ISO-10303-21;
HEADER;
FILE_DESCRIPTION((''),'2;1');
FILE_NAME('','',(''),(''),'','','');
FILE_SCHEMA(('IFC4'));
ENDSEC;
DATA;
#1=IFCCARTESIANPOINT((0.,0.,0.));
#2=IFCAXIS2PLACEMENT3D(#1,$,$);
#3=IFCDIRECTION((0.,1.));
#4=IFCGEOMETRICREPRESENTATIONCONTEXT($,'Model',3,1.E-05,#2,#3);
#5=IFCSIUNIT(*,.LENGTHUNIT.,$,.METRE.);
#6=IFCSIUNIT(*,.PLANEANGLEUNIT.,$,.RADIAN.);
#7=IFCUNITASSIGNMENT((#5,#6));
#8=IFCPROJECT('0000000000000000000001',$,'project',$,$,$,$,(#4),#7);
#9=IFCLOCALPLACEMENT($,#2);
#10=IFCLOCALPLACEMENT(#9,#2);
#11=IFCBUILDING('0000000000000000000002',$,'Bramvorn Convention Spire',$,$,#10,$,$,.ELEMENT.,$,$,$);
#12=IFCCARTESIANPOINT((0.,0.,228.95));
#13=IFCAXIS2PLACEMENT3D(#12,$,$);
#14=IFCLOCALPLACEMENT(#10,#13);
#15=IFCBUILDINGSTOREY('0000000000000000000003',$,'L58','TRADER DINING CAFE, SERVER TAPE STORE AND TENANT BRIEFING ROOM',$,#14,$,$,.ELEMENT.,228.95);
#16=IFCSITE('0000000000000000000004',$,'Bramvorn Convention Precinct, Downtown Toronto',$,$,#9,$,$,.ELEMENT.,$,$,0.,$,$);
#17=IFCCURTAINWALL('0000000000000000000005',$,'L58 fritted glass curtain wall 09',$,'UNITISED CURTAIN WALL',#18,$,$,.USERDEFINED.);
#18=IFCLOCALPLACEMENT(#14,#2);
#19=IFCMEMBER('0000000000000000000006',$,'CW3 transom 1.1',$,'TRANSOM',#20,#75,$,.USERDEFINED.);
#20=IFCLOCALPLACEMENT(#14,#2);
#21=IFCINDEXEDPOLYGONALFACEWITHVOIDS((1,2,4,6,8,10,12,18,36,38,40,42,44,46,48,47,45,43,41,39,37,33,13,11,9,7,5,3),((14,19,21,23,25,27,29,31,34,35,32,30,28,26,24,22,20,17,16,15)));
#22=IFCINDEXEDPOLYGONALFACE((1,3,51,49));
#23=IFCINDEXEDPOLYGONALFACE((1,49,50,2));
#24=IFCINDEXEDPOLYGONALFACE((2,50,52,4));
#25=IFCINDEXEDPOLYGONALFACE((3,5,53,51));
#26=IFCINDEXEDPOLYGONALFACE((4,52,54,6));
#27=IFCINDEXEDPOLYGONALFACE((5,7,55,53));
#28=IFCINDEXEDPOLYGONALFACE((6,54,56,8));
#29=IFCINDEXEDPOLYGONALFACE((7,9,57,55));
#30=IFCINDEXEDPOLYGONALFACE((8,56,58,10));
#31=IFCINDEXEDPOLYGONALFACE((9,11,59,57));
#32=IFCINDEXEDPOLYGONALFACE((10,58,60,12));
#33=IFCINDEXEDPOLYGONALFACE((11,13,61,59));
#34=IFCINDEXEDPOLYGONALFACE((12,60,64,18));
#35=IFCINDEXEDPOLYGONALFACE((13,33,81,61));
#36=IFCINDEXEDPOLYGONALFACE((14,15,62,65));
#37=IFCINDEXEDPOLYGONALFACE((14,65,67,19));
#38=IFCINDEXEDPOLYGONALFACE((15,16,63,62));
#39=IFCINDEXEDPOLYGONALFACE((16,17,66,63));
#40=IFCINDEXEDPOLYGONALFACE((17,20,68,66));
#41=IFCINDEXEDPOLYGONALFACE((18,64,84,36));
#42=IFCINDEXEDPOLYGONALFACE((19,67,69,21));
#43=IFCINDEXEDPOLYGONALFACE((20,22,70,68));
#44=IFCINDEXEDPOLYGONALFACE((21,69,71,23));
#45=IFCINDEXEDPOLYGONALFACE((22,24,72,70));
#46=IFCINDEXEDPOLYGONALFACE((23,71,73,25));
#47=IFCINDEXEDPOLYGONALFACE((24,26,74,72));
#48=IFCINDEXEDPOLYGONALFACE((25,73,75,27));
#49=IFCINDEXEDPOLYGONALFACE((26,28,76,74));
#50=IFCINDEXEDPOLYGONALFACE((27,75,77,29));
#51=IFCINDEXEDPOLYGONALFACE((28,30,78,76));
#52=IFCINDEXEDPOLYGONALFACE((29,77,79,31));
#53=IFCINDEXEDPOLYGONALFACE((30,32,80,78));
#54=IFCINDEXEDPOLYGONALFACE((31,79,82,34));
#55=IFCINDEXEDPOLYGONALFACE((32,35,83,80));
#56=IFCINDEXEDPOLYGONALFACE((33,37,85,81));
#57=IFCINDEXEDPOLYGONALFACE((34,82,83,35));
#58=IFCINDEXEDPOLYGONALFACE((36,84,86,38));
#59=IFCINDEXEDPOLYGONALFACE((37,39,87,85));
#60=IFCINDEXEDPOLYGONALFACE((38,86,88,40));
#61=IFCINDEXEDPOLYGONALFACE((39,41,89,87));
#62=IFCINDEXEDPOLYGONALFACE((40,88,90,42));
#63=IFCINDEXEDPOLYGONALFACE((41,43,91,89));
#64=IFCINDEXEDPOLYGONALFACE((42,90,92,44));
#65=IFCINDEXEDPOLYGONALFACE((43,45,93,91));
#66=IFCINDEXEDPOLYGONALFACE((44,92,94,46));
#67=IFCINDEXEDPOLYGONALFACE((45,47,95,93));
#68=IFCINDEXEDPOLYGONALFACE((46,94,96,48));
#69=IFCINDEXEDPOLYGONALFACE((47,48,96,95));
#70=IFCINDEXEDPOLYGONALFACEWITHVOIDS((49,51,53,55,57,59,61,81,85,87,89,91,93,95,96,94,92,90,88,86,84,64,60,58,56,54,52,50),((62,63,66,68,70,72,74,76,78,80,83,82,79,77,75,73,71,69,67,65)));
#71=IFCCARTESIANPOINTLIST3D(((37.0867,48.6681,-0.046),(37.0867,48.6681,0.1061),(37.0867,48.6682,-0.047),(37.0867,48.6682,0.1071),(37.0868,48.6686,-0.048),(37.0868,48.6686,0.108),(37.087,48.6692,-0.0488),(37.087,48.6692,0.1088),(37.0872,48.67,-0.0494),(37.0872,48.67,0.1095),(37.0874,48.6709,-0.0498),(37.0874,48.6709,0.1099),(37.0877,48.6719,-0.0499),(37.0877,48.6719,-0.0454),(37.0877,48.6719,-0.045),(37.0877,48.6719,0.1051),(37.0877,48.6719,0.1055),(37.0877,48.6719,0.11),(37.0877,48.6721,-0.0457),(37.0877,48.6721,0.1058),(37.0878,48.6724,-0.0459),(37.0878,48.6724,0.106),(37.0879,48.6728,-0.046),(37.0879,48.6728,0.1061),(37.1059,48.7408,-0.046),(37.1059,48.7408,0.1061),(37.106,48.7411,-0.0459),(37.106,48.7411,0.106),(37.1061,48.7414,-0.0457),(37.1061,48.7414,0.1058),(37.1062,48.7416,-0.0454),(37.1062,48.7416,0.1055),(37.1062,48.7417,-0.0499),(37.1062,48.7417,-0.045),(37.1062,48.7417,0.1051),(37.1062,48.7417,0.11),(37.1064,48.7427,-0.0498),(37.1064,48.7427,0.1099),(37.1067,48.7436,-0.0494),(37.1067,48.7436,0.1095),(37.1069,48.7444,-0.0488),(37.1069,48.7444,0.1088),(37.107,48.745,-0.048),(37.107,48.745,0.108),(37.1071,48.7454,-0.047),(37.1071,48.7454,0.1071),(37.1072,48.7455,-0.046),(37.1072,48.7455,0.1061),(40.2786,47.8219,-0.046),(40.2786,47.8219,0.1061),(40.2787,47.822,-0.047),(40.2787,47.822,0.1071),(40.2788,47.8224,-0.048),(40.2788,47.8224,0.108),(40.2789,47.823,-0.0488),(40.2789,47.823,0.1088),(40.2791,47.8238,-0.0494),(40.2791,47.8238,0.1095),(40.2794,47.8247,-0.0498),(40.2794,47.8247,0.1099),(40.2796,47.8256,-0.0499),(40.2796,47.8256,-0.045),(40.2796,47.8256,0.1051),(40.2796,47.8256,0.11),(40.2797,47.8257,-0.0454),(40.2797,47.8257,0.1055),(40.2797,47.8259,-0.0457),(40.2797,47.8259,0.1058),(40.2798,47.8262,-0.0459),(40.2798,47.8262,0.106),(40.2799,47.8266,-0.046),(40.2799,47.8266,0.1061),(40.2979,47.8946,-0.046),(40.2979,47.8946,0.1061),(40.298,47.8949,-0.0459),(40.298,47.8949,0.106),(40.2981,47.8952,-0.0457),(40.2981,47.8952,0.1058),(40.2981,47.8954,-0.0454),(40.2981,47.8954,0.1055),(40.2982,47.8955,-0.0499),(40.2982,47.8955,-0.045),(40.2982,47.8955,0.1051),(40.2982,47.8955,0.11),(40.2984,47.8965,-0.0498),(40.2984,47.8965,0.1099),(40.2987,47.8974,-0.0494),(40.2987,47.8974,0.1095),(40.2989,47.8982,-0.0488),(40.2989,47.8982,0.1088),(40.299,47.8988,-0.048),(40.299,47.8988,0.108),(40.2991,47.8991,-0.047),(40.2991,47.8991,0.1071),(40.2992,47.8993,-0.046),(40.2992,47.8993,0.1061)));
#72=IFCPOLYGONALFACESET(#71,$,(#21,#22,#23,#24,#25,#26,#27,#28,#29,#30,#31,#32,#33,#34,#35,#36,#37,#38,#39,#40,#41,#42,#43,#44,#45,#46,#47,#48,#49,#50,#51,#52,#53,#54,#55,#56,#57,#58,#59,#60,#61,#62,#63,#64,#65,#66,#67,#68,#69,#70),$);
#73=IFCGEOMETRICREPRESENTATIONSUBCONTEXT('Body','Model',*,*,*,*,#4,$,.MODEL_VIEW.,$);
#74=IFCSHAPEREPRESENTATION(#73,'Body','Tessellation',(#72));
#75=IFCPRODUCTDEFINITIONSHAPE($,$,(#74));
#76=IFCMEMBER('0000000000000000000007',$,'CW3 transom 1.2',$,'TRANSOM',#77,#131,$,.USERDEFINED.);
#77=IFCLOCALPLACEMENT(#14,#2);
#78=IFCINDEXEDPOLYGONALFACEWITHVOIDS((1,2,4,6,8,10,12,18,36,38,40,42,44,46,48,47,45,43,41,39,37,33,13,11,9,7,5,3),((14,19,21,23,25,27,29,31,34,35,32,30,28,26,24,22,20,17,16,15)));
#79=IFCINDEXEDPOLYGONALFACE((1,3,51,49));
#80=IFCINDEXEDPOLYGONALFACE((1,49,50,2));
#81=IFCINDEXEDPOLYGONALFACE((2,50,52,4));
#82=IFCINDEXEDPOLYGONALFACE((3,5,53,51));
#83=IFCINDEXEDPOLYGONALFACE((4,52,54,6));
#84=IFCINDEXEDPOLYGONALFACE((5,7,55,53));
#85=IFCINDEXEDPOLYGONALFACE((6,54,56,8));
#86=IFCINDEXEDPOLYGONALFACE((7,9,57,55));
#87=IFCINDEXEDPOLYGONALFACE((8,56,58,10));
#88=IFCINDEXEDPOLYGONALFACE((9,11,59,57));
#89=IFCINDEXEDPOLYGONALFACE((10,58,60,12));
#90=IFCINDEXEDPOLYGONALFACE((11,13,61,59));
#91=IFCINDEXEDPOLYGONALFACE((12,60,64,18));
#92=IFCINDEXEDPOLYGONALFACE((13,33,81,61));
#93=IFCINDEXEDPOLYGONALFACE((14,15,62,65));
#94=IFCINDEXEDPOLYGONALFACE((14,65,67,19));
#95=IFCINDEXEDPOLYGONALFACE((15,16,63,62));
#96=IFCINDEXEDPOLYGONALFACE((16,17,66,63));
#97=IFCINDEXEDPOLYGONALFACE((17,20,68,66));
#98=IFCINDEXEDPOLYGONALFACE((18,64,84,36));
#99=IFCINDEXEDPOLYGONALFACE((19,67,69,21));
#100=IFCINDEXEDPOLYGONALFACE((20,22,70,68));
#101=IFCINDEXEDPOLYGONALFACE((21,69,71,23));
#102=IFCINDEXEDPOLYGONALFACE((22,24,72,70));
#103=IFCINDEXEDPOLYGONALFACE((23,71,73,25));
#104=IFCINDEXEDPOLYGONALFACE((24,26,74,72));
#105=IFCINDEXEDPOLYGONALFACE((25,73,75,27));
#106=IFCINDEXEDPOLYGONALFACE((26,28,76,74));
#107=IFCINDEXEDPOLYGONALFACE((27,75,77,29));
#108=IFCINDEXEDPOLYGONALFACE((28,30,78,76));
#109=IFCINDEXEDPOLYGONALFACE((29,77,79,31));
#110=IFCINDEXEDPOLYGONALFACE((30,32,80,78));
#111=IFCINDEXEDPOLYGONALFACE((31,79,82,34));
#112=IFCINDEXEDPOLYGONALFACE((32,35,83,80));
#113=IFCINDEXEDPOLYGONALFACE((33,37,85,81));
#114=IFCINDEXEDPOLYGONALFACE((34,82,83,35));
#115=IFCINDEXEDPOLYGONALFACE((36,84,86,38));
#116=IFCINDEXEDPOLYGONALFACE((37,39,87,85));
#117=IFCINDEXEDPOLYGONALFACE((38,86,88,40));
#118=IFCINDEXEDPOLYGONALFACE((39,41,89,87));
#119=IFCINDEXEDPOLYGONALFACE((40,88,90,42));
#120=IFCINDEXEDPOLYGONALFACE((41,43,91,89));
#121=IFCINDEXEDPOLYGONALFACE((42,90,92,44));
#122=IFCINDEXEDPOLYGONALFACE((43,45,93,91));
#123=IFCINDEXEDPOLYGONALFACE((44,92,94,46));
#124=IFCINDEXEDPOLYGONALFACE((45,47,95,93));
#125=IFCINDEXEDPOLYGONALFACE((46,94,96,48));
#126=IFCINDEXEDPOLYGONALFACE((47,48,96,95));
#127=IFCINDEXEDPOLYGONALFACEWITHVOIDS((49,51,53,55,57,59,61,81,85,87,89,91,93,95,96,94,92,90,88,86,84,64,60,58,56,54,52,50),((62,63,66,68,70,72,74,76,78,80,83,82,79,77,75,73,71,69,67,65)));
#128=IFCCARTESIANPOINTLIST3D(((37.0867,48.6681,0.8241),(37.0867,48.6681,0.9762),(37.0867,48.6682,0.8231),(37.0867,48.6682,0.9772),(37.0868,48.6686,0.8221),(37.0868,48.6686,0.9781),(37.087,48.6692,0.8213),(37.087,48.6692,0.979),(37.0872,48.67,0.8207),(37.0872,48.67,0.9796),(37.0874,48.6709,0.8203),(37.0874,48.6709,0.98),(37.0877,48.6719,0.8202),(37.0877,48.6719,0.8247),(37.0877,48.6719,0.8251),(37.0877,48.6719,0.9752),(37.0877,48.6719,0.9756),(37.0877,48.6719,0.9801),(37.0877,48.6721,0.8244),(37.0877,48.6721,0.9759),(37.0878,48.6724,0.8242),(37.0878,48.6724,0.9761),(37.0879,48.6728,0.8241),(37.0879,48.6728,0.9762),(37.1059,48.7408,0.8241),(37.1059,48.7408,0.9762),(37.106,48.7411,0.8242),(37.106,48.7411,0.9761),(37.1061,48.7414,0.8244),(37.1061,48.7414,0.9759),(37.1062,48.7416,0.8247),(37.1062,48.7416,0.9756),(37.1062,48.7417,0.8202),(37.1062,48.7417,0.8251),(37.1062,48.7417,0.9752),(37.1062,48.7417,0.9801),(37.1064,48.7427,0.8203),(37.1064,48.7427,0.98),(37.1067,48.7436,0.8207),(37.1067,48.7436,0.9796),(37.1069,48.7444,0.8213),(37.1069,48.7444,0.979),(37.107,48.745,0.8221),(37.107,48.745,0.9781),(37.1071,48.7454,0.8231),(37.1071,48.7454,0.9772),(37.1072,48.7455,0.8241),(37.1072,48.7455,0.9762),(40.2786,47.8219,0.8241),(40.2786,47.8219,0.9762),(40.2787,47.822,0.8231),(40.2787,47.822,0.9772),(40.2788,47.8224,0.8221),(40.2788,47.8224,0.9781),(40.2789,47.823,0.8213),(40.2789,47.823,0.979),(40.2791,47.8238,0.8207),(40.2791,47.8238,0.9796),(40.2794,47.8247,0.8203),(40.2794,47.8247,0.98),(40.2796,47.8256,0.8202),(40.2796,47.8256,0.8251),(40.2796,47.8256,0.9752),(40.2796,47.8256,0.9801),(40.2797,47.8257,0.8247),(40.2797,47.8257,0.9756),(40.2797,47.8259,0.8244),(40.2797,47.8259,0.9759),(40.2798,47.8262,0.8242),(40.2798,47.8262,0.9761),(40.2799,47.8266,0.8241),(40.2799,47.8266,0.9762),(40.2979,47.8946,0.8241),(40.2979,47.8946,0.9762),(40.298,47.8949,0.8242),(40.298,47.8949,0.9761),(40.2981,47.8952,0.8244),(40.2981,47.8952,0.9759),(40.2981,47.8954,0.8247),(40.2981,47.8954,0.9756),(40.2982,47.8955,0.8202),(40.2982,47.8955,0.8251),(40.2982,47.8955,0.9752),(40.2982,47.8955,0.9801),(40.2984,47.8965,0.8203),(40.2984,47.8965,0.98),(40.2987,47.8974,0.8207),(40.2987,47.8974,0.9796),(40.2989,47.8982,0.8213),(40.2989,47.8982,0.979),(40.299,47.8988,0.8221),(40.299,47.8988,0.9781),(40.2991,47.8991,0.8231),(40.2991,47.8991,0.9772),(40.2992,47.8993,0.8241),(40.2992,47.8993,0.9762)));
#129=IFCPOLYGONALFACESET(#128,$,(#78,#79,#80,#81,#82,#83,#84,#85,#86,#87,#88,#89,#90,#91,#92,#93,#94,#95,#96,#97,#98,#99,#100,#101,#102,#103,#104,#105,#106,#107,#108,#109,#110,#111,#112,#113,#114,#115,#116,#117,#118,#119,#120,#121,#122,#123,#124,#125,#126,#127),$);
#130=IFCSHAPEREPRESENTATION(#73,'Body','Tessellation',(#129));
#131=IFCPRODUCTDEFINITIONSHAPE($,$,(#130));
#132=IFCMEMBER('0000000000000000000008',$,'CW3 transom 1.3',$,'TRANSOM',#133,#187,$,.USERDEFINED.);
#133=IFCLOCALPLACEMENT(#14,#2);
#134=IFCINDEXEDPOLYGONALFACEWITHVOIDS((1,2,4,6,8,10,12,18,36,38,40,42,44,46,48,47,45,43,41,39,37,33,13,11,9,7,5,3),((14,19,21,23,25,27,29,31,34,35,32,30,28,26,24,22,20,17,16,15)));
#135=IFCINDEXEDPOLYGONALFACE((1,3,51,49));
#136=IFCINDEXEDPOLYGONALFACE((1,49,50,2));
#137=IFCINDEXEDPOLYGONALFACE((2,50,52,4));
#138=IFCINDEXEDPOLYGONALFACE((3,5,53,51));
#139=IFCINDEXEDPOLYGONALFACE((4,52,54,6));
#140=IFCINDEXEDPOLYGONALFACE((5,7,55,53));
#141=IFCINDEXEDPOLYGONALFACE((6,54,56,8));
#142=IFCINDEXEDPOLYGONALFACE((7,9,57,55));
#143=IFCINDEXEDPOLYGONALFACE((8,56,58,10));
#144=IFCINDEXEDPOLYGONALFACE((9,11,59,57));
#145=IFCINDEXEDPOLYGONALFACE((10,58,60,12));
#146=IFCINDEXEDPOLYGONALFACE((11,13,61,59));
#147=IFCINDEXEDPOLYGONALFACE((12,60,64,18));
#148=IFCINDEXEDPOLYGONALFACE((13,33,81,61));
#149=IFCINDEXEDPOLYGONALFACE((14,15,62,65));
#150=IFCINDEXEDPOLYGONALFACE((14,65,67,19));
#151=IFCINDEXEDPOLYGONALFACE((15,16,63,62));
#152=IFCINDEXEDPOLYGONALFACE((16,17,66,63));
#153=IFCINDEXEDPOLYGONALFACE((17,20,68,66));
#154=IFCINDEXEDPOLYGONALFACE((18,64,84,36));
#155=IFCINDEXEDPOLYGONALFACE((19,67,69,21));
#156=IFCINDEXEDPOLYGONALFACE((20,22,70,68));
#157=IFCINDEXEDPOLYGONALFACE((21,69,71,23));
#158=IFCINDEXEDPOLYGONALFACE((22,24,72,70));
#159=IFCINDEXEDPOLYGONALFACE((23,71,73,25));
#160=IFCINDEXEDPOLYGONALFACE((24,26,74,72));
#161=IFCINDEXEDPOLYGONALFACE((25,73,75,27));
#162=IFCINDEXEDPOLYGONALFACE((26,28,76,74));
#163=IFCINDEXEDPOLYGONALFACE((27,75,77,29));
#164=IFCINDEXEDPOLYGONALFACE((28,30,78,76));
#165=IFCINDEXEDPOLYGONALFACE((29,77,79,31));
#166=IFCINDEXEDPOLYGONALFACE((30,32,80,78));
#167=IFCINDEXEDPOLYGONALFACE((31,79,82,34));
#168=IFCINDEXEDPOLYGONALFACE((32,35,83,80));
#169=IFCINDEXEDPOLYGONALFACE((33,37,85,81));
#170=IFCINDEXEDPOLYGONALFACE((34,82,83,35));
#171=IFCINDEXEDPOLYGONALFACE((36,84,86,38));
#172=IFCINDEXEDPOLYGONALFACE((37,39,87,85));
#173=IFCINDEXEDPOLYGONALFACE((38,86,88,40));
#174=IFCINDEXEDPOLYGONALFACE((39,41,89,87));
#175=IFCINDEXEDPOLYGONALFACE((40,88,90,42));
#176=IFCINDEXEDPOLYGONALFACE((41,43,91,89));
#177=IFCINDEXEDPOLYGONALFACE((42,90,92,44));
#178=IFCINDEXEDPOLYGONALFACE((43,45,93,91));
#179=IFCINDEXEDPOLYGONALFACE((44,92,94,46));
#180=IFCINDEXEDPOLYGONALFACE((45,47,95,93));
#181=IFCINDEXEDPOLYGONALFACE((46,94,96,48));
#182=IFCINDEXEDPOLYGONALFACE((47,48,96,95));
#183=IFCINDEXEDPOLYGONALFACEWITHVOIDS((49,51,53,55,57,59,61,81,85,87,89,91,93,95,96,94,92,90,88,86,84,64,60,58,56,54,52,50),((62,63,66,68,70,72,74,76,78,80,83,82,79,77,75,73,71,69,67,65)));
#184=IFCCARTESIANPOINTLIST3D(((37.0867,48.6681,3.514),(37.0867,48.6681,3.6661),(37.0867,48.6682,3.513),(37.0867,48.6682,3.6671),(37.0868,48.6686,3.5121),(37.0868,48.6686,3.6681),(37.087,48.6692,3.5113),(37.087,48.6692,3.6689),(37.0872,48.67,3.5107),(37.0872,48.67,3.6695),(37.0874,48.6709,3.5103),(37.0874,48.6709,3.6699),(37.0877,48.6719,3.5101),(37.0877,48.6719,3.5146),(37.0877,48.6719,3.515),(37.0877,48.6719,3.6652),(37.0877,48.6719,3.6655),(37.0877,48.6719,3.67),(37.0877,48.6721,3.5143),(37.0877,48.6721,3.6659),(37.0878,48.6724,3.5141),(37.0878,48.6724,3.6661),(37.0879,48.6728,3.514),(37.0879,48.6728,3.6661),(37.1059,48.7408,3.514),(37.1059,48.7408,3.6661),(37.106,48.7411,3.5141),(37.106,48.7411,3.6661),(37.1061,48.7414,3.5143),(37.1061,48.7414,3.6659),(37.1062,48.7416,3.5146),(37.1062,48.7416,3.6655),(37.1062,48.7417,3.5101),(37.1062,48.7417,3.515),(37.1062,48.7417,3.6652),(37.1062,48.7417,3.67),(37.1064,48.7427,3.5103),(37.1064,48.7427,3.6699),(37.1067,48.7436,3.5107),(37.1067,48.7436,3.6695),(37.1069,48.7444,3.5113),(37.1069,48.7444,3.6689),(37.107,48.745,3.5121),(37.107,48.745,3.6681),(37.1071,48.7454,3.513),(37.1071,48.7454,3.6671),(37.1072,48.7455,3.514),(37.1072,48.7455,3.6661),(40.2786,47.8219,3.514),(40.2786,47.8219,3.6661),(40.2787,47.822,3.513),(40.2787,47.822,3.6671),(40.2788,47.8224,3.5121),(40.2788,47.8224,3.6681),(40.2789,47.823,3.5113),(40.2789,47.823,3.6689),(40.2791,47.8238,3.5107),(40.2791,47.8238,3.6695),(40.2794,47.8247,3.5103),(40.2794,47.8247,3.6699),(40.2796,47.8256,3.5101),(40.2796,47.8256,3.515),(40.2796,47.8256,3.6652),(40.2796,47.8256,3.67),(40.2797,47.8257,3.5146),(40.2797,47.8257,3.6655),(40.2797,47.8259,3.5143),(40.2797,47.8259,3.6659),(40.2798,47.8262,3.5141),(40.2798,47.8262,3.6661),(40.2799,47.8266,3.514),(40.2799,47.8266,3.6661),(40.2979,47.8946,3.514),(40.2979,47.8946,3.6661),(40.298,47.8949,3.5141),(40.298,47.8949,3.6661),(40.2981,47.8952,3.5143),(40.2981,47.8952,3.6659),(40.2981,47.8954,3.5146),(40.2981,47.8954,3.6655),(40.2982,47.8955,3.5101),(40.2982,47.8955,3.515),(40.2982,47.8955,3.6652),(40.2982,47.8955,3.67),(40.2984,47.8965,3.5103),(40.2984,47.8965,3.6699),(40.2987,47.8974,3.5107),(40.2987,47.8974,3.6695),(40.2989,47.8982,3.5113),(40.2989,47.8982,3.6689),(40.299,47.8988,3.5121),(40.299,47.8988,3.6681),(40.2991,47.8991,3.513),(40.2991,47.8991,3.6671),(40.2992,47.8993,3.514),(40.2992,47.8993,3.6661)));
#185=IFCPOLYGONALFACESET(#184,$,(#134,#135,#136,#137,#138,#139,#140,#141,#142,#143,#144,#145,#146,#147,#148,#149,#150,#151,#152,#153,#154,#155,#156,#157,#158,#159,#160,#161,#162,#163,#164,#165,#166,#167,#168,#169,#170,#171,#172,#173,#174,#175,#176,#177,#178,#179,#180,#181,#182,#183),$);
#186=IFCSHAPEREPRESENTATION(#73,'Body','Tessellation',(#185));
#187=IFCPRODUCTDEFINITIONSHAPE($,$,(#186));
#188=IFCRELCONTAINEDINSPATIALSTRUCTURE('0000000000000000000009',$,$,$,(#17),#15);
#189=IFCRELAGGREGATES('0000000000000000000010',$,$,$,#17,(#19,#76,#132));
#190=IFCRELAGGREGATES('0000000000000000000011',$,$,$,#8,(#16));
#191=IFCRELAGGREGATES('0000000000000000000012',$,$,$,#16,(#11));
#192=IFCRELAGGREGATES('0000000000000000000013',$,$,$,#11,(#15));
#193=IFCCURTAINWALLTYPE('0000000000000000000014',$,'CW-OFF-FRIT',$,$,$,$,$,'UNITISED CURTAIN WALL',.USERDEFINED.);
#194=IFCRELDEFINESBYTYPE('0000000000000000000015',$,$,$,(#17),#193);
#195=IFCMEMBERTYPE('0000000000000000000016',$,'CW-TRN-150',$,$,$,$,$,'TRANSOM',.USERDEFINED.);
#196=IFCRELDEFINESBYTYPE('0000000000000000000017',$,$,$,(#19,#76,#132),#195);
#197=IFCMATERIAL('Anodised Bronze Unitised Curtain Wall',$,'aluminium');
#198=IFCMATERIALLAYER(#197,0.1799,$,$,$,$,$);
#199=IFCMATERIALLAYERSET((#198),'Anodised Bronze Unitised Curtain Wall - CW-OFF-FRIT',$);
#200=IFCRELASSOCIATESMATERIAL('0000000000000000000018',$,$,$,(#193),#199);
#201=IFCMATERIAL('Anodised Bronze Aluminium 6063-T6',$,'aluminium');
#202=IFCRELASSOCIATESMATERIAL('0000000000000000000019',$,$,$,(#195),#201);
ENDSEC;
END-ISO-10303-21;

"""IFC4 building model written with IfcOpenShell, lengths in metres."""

from ifc_helpers import new_model, si_unit, direction, frame, origin, origin_2d, place, context, subcontext, project, spatial, hollow_rectangle, extrude, material, layer, layer_set, material_profile, profile_set, type_object, element, aggregate, save


model = new_model("IFC4")

# Units and contexts
model_context = context("Model", 3, precision=1e-05, world=origin(), true_north=direction((0.0, 1.0)))
body_context = subcontext(model_context, "Body", "Model", "MODEL_VIEW")
ifc_project = project(units=[si_unit("LENGTHUNIT", "METRE"), si_unit("PLANEANGLEUNIT", "RADIAN")], contexts=[model_context])

# Site, building, storey
site_placement = place(None, origin())
site = spatial("IfcSite", under=ifc_project, at=site_placement, Name="Bramvorn Convention Precinct, Downtown Toronto", CompositionType="ELEMENT", RefElevation=0.0)
building_placement = place(site_placement, origin())
building = spatial("IfcBuilding", under=site, at=building_placement, Name="Bramvorn Convention Spire", CompositionType="ELEMENT")
storey_placement = place(building_placement, frame((0.0, 0.0, 228.95)))
storey = spatial("IfcBuildingStorey", under=building, at=storey_placement, Name="L58", Description="TRADER DINING CAFE, SERVER TAPE STORE AND TENANT BRIEFING ROOM", CompositionType="ELEMENT", Elevation=228.95)

# Curtain wall
ifc_material_1 = material(Name="Anodised Bronze Unitised Curtain Wall", Category="aluminium")
ifc_layer_1 = layer(ifc_material_1, 0.1799)
ifc_layer_set_1 = layer_set([ifc_layer_1], Name="Anodised Bronze Unitised Curtain Wall - CW-OFF-FRIT")
curtain_wall_type = type_object("IfcCurtainWallType", Name="CW-OFF-FRIT", ElementType="UNITISED CURTAIN WALL", PredefinedType="USERDEFINED", material=ifc_layer_set_1)
curtain_wall_1_placement = place(storey_placement, origin())
curtain_wall_1 = element("IfcCurtainWall", 1, at=curtain_wall_1_placement, inside=storey, type_object=curtain_wall_type, Name="L58 fritted glass curtain wall 09", ObjectType="UNITISED CURTAIN WALL", PredefinedType="USERDEFINED")
ifc_material_2 = material(Name="Anodised Bronze Aluminium 6063-T6", Category="aluminium")

# Members
ifc_material_profile_1 = material_profile(ifc_material_2, hollow_rectangle(XDim=0.0801, YDim=0.1599, WallThickness=0.0039, InnerFilletRadius=0.001, OuterFilletRadius=0.0039, at=origin_2d()))
ifc_profile_set_1 = profile_set([ifc_material_profile_1], Name="Anodised Bronze Aluminium 6063-T6 - CWT80X160")
member_type_1 = type_object("IfcMemberType", Name="CW-TRN-150", ElementType="TRANSOM", PredefinedType="USERDEFINED", material=ifc_profile_set_1)
member_1_placement = place(storey_placement, frame((37.0969, 48.7068, 0.03), z_axis=(0.966609, -0.256254, 0.0), x_axis=(0.256254, 0.966609, 0.0)))
member_1 = element("IfcMember", 2, at=member_1_placement, type_object=member_type_1, Name="CW3 transom 1.1", ObjectType="TRANSOM", PredefinedType="USERDEFINED", context=body_context, shape_type="SweptSolid", body=[
    extrude(hollow_rectangle(XDim=0.0801, YDim=0.1599, WallThickness=0.0039, InnerFilletRadius=0.001, OuterFilletRadius=0.0039, at=origin_2d()), origin(), (0.0, 0.0, 1.0), 3.3022),
])
member_2_placement = place(storey_placement, frame((37.0969, 48.7068, 0.9001), z_axis=(0.966609, -0.256254, 0.0), x_axis=(0.256254, 0.966609, 0.0)))
member_2 = element("IfcMember", 3, at=member_2_placement, type_object=member_type_1, Name="CW3 transom 1.2", ObjectType="TRANSOM", PredefinedType="USERDEFINED", context=body_context, shape_type="SweptSolid", body=[
    extrude(hollow_rectangle(XDim=0.0801, YDim=0.1599, WallThickness=0.0039, InnerFilletRadius=0.001, OuterFilletRadius=0.0039, at=origin_2d()), origin(), (0.0, 0.0, 1.0), 3.3022),
])
member_3_placement = place(storey_placement, frame((37.0969, 48.7068, 3.5901), z_axis=(0.966609, -0.256254, 0.0), x_axis=(0.256254, 0.966609, 0.0)))
member_3 = element("IfcMember", 4, at=member_3_placement, type_object=member_type_1, Name="CW3 transom 1.3", ObjectType="TRANSOM", PredefinedType="USERDEFINED", context=body_context, shape_type="SweptSolid", body=[
    extrude(hollow_rectangle(XDim=0.0801, YDim=0.1599, WallThickness=0.0039, InnerFilletRadius=0.001, OuterFilletRadius=0.0039, at=origin_2d()), origin(), (0.0, 0.0, 1.0), 3.3022),
])

aggregate(curtain_wall_1, [member_1, member_2, member_3])

save(model, "model.ifc")
